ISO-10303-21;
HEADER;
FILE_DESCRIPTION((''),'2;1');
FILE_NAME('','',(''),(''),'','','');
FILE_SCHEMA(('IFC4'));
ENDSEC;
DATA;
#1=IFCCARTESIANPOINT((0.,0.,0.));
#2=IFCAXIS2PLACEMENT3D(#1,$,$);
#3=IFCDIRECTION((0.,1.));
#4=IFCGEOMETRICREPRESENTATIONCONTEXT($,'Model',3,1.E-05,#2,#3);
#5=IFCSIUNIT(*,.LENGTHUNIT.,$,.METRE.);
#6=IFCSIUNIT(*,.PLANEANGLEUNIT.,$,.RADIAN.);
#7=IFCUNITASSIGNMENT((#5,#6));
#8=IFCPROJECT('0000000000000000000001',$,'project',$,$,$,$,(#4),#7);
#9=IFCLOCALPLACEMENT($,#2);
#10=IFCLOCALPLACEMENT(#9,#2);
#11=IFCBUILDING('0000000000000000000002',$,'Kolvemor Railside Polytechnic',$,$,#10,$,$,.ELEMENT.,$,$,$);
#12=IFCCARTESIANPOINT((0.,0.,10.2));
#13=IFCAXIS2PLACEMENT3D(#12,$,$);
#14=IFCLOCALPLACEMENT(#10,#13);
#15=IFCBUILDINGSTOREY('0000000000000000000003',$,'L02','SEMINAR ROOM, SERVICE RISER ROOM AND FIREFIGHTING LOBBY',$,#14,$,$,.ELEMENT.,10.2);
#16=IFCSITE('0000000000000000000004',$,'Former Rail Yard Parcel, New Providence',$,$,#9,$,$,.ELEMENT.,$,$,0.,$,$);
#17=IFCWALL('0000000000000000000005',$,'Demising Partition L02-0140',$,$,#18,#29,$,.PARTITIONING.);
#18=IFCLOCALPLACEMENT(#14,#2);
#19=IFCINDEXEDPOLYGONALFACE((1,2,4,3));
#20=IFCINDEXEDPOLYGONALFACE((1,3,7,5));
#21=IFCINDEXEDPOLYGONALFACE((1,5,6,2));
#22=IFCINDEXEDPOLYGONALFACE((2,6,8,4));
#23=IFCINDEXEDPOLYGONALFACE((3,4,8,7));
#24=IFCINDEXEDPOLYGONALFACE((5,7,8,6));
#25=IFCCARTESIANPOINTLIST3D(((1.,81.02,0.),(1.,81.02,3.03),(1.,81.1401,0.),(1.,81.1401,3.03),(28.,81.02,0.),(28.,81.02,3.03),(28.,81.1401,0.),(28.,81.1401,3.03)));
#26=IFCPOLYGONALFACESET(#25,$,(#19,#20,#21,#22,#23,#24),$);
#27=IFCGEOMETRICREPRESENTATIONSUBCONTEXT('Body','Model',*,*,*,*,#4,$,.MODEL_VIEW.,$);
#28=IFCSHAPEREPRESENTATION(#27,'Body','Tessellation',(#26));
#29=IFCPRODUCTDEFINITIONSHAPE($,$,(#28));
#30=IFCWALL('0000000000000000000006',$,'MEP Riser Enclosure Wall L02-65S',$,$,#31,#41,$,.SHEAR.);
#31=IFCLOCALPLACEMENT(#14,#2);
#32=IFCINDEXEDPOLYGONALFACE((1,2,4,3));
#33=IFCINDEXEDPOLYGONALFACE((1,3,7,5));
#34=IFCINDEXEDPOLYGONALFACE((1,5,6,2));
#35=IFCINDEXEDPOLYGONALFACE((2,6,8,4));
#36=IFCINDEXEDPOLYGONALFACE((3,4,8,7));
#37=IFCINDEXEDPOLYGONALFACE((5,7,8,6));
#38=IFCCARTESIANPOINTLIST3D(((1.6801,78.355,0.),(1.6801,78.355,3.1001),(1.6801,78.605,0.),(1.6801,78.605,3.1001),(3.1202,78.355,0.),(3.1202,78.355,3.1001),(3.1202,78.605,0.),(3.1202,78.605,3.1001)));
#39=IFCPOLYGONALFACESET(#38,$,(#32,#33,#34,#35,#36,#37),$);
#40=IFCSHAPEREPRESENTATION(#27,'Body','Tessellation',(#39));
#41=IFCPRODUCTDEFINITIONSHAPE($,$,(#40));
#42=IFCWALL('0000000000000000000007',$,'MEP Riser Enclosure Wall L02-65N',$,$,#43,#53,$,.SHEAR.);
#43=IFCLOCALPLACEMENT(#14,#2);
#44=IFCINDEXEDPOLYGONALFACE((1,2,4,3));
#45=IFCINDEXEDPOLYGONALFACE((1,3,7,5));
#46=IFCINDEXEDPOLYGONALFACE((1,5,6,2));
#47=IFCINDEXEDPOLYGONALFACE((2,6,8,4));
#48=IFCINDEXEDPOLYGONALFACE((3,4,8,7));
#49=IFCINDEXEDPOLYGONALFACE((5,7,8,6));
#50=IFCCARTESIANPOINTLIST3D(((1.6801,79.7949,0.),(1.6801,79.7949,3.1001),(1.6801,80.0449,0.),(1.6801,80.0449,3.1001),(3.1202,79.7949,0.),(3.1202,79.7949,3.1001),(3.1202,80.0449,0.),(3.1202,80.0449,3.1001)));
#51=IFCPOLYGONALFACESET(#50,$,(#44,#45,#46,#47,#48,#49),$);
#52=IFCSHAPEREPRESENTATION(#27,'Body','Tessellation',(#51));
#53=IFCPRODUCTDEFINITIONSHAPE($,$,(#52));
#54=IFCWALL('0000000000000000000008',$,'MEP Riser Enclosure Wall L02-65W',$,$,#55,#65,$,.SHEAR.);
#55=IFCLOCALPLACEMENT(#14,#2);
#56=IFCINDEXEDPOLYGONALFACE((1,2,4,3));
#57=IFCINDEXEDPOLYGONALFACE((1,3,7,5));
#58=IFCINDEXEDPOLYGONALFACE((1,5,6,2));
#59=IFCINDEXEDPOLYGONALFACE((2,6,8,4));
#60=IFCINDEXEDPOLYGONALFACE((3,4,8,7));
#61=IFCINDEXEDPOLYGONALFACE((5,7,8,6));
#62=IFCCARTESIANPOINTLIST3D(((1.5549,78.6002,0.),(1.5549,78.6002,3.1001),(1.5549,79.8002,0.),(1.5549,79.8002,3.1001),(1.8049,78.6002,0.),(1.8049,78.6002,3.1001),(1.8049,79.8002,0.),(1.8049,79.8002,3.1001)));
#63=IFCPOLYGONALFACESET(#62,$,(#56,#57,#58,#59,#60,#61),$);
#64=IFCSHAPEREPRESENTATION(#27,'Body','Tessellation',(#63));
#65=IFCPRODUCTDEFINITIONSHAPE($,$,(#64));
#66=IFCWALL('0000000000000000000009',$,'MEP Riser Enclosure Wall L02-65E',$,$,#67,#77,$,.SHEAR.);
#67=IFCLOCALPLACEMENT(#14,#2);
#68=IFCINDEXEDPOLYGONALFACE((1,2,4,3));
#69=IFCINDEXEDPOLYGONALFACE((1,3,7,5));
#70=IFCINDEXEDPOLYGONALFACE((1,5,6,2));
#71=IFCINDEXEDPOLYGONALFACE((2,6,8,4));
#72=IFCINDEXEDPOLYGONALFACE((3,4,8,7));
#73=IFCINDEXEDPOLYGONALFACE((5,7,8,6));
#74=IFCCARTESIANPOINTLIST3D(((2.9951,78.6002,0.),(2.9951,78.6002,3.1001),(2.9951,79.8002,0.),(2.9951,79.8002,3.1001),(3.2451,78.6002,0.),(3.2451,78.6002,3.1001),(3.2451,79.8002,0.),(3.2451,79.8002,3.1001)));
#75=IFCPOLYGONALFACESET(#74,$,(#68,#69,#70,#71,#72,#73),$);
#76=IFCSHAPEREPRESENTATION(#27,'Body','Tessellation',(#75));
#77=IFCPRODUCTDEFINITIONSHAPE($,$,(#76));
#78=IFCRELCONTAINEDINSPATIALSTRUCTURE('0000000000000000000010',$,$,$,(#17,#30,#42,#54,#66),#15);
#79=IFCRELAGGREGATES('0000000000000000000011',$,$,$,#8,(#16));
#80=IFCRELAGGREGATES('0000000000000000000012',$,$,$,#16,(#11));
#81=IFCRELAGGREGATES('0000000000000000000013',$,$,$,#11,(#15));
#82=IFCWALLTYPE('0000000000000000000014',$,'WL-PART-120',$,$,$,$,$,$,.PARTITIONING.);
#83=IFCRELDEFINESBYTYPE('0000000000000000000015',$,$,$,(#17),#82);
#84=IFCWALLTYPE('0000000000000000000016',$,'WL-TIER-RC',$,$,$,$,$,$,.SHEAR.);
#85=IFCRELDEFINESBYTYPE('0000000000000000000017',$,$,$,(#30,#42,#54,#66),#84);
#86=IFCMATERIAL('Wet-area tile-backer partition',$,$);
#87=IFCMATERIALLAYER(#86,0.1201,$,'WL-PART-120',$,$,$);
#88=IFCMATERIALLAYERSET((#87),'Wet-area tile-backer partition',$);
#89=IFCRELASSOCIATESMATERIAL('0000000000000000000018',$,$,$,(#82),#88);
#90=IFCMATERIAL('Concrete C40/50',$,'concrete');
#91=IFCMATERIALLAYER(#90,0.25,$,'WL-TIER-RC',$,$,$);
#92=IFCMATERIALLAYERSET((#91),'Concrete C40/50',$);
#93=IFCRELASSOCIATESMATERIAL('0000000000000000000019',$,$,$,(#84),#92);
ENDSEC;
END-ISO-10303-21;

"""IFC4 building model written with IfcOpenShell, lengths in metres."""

from ifc_helpers import new_model, si_unit, direction, frame, frame_2d, origin, place, context, subcontext, project, spatial, rectangle, extrude, material, layer, layer_set, type_object, element, save


model = new_model("IFC4")

# Units and contexts
model_context = context("Model", 3, precision=1e-05, world=origin(), true_north=direction((0.0, 1.0)))
body_context = subcontext(model_context, "Body", "Model", "MODEL_VIEW")
ifc_project = project(units=[si_unit("LENGTHUNIT", "METRE"), si_unit("PLANEANGLEUNIT", "RADIAN")], contexts=[model_context])

# Site, building, storey
site_placement = place(None, origin())
site = spatial("IfcSite", under=ifc_project, at=site_placement, Name="Former Rail Yard Parcel, New Providence", CompositionType="ELEMENT", RefElevation=0.0)
building_placement = place(site_placement, origin())
building = spatial("IfcBuilding", under=site, at=building_placement, Name="Kolvemor Railside Polytechnic", CompositionType="ELEMENT")
storey_placement = place(building_placement, frame((0.0, 0.0, 10.2)))
storey = spatial("IfcBuildingStorey", under=building, at=storey_placement, Name="L02", Description="SEMINAR ROOM, SERVICE RISER ROOM AND FIREFIGHTING LOBBY", CompositionType="ELEMENT", Elevation=10.2)

# Walls
ifc_material_1 = material(Name="Wet-area tile-backer partition")
ifc_layer_1 = layer(ifc_material_1, 0.1201, Name="WL-PART-120")
ifc_layer_set_1 = layer_set([ifc_layer_1], Name="Wet-area tile-backer partition")
wall_type_1 = type_object("IfcWallType", Name="WL-PART-120", PredefinedType="PARTITIONING", material=ifc_layer_set_1)
wall_1_placement = place(storey_placement, frame((1.0, 81.0801, 0.0), z_axis=(0.0, 0.0, 1.0), x_axis=(1.0, 0.0, 0.0)))
element("IfcWall", 1, at=wall_1_placement, inside=storey, type_object=wall_type_1, Name="Demising Partition L02-0140", PredefinedType="PARTITIONING", context=body_context, shape_type="SweptSolid", body=[
    extrude(rectangle(XDim=27.0, YDim=0.1201, at=frame_2d((13.5, 0.0))), origin(), (0.0, 0.0, 1.0), 3.03),
])
ifc_material_2 = material(Name="Concrete C40/50", Category="concrete")
ifc_layer_2 = layer(ifc_material_2, 0.25, Name="WL-TIER-RC")
ifc_layer_set_2 = layer_set([ifc_layer_2], Name="Concrete C40/50")
wall_type_2 = type_object("IfcWallType", Name="WL-TIER-RC", PredefinedType="SHEAR", material=ifc_layer_set_2)
for number, where, z_axis, x_axis, name in (
    (2, (1.6799, 78.48, 0.0), (0.0, 0.0, 1.0), (1.0, 0.0, 0.0), "MEP Riser Enclosure Wall L02-65S"),
    (3, (1.6799, 79.9199, 0.0), (0.0, 0.0, 1.0), (1.0, 0.0, 0.0), "MEP Riser Enclosure Wall L02-65N"),
):
    element("IfcWall", number, at=place(storey_placement, frame(where, z_axis=z_axis, x_axis=x_axis)), inside=storey, type_object=wall_type_2, Name=name, PredefinedType="SHEAR", context=body_context, shape_type="SweptSolid", body=[
        extrude(rectangle(XDim=1.4402, YDim=0.25, at=frame_2d((0.7202, 0.0))), origin(), (0.0, 0.0, 1.0), 3.1001),
    ])
for number, where, z_axis, x_axis, name in (
    (4, (1.6799, 78.6001, 0.0), (0.0, 0.0, 1.0), (0.0, 1.0, 0.0), "MEP Riser Enclosure Wall L02-65W"),
    (5, (3.1201, 78.6001, 0.0), (0.0, 0.0, 1.0), (0.0, 1.0, 0.0), "MEP Riser Enclosure Wall L02-65E"),
):
    element("IfcWall", number, at=place(storey_placement, frame(where, z_axis=z_axis, x_axis=x_axis)), inside=storey, type_object=wall_type_2, Name=name, PredefinedType="SHEAR", context=body_context, shape_type="SweptSolid", body=[
        extrude(rectangle(XDim=1.2, YDim=0.25, at=frame_2d((0.6001, 0.0))), origin(), (0.0, 0.0, 1.0), 3.1001),
    ])

save(model, "model.ifc")
